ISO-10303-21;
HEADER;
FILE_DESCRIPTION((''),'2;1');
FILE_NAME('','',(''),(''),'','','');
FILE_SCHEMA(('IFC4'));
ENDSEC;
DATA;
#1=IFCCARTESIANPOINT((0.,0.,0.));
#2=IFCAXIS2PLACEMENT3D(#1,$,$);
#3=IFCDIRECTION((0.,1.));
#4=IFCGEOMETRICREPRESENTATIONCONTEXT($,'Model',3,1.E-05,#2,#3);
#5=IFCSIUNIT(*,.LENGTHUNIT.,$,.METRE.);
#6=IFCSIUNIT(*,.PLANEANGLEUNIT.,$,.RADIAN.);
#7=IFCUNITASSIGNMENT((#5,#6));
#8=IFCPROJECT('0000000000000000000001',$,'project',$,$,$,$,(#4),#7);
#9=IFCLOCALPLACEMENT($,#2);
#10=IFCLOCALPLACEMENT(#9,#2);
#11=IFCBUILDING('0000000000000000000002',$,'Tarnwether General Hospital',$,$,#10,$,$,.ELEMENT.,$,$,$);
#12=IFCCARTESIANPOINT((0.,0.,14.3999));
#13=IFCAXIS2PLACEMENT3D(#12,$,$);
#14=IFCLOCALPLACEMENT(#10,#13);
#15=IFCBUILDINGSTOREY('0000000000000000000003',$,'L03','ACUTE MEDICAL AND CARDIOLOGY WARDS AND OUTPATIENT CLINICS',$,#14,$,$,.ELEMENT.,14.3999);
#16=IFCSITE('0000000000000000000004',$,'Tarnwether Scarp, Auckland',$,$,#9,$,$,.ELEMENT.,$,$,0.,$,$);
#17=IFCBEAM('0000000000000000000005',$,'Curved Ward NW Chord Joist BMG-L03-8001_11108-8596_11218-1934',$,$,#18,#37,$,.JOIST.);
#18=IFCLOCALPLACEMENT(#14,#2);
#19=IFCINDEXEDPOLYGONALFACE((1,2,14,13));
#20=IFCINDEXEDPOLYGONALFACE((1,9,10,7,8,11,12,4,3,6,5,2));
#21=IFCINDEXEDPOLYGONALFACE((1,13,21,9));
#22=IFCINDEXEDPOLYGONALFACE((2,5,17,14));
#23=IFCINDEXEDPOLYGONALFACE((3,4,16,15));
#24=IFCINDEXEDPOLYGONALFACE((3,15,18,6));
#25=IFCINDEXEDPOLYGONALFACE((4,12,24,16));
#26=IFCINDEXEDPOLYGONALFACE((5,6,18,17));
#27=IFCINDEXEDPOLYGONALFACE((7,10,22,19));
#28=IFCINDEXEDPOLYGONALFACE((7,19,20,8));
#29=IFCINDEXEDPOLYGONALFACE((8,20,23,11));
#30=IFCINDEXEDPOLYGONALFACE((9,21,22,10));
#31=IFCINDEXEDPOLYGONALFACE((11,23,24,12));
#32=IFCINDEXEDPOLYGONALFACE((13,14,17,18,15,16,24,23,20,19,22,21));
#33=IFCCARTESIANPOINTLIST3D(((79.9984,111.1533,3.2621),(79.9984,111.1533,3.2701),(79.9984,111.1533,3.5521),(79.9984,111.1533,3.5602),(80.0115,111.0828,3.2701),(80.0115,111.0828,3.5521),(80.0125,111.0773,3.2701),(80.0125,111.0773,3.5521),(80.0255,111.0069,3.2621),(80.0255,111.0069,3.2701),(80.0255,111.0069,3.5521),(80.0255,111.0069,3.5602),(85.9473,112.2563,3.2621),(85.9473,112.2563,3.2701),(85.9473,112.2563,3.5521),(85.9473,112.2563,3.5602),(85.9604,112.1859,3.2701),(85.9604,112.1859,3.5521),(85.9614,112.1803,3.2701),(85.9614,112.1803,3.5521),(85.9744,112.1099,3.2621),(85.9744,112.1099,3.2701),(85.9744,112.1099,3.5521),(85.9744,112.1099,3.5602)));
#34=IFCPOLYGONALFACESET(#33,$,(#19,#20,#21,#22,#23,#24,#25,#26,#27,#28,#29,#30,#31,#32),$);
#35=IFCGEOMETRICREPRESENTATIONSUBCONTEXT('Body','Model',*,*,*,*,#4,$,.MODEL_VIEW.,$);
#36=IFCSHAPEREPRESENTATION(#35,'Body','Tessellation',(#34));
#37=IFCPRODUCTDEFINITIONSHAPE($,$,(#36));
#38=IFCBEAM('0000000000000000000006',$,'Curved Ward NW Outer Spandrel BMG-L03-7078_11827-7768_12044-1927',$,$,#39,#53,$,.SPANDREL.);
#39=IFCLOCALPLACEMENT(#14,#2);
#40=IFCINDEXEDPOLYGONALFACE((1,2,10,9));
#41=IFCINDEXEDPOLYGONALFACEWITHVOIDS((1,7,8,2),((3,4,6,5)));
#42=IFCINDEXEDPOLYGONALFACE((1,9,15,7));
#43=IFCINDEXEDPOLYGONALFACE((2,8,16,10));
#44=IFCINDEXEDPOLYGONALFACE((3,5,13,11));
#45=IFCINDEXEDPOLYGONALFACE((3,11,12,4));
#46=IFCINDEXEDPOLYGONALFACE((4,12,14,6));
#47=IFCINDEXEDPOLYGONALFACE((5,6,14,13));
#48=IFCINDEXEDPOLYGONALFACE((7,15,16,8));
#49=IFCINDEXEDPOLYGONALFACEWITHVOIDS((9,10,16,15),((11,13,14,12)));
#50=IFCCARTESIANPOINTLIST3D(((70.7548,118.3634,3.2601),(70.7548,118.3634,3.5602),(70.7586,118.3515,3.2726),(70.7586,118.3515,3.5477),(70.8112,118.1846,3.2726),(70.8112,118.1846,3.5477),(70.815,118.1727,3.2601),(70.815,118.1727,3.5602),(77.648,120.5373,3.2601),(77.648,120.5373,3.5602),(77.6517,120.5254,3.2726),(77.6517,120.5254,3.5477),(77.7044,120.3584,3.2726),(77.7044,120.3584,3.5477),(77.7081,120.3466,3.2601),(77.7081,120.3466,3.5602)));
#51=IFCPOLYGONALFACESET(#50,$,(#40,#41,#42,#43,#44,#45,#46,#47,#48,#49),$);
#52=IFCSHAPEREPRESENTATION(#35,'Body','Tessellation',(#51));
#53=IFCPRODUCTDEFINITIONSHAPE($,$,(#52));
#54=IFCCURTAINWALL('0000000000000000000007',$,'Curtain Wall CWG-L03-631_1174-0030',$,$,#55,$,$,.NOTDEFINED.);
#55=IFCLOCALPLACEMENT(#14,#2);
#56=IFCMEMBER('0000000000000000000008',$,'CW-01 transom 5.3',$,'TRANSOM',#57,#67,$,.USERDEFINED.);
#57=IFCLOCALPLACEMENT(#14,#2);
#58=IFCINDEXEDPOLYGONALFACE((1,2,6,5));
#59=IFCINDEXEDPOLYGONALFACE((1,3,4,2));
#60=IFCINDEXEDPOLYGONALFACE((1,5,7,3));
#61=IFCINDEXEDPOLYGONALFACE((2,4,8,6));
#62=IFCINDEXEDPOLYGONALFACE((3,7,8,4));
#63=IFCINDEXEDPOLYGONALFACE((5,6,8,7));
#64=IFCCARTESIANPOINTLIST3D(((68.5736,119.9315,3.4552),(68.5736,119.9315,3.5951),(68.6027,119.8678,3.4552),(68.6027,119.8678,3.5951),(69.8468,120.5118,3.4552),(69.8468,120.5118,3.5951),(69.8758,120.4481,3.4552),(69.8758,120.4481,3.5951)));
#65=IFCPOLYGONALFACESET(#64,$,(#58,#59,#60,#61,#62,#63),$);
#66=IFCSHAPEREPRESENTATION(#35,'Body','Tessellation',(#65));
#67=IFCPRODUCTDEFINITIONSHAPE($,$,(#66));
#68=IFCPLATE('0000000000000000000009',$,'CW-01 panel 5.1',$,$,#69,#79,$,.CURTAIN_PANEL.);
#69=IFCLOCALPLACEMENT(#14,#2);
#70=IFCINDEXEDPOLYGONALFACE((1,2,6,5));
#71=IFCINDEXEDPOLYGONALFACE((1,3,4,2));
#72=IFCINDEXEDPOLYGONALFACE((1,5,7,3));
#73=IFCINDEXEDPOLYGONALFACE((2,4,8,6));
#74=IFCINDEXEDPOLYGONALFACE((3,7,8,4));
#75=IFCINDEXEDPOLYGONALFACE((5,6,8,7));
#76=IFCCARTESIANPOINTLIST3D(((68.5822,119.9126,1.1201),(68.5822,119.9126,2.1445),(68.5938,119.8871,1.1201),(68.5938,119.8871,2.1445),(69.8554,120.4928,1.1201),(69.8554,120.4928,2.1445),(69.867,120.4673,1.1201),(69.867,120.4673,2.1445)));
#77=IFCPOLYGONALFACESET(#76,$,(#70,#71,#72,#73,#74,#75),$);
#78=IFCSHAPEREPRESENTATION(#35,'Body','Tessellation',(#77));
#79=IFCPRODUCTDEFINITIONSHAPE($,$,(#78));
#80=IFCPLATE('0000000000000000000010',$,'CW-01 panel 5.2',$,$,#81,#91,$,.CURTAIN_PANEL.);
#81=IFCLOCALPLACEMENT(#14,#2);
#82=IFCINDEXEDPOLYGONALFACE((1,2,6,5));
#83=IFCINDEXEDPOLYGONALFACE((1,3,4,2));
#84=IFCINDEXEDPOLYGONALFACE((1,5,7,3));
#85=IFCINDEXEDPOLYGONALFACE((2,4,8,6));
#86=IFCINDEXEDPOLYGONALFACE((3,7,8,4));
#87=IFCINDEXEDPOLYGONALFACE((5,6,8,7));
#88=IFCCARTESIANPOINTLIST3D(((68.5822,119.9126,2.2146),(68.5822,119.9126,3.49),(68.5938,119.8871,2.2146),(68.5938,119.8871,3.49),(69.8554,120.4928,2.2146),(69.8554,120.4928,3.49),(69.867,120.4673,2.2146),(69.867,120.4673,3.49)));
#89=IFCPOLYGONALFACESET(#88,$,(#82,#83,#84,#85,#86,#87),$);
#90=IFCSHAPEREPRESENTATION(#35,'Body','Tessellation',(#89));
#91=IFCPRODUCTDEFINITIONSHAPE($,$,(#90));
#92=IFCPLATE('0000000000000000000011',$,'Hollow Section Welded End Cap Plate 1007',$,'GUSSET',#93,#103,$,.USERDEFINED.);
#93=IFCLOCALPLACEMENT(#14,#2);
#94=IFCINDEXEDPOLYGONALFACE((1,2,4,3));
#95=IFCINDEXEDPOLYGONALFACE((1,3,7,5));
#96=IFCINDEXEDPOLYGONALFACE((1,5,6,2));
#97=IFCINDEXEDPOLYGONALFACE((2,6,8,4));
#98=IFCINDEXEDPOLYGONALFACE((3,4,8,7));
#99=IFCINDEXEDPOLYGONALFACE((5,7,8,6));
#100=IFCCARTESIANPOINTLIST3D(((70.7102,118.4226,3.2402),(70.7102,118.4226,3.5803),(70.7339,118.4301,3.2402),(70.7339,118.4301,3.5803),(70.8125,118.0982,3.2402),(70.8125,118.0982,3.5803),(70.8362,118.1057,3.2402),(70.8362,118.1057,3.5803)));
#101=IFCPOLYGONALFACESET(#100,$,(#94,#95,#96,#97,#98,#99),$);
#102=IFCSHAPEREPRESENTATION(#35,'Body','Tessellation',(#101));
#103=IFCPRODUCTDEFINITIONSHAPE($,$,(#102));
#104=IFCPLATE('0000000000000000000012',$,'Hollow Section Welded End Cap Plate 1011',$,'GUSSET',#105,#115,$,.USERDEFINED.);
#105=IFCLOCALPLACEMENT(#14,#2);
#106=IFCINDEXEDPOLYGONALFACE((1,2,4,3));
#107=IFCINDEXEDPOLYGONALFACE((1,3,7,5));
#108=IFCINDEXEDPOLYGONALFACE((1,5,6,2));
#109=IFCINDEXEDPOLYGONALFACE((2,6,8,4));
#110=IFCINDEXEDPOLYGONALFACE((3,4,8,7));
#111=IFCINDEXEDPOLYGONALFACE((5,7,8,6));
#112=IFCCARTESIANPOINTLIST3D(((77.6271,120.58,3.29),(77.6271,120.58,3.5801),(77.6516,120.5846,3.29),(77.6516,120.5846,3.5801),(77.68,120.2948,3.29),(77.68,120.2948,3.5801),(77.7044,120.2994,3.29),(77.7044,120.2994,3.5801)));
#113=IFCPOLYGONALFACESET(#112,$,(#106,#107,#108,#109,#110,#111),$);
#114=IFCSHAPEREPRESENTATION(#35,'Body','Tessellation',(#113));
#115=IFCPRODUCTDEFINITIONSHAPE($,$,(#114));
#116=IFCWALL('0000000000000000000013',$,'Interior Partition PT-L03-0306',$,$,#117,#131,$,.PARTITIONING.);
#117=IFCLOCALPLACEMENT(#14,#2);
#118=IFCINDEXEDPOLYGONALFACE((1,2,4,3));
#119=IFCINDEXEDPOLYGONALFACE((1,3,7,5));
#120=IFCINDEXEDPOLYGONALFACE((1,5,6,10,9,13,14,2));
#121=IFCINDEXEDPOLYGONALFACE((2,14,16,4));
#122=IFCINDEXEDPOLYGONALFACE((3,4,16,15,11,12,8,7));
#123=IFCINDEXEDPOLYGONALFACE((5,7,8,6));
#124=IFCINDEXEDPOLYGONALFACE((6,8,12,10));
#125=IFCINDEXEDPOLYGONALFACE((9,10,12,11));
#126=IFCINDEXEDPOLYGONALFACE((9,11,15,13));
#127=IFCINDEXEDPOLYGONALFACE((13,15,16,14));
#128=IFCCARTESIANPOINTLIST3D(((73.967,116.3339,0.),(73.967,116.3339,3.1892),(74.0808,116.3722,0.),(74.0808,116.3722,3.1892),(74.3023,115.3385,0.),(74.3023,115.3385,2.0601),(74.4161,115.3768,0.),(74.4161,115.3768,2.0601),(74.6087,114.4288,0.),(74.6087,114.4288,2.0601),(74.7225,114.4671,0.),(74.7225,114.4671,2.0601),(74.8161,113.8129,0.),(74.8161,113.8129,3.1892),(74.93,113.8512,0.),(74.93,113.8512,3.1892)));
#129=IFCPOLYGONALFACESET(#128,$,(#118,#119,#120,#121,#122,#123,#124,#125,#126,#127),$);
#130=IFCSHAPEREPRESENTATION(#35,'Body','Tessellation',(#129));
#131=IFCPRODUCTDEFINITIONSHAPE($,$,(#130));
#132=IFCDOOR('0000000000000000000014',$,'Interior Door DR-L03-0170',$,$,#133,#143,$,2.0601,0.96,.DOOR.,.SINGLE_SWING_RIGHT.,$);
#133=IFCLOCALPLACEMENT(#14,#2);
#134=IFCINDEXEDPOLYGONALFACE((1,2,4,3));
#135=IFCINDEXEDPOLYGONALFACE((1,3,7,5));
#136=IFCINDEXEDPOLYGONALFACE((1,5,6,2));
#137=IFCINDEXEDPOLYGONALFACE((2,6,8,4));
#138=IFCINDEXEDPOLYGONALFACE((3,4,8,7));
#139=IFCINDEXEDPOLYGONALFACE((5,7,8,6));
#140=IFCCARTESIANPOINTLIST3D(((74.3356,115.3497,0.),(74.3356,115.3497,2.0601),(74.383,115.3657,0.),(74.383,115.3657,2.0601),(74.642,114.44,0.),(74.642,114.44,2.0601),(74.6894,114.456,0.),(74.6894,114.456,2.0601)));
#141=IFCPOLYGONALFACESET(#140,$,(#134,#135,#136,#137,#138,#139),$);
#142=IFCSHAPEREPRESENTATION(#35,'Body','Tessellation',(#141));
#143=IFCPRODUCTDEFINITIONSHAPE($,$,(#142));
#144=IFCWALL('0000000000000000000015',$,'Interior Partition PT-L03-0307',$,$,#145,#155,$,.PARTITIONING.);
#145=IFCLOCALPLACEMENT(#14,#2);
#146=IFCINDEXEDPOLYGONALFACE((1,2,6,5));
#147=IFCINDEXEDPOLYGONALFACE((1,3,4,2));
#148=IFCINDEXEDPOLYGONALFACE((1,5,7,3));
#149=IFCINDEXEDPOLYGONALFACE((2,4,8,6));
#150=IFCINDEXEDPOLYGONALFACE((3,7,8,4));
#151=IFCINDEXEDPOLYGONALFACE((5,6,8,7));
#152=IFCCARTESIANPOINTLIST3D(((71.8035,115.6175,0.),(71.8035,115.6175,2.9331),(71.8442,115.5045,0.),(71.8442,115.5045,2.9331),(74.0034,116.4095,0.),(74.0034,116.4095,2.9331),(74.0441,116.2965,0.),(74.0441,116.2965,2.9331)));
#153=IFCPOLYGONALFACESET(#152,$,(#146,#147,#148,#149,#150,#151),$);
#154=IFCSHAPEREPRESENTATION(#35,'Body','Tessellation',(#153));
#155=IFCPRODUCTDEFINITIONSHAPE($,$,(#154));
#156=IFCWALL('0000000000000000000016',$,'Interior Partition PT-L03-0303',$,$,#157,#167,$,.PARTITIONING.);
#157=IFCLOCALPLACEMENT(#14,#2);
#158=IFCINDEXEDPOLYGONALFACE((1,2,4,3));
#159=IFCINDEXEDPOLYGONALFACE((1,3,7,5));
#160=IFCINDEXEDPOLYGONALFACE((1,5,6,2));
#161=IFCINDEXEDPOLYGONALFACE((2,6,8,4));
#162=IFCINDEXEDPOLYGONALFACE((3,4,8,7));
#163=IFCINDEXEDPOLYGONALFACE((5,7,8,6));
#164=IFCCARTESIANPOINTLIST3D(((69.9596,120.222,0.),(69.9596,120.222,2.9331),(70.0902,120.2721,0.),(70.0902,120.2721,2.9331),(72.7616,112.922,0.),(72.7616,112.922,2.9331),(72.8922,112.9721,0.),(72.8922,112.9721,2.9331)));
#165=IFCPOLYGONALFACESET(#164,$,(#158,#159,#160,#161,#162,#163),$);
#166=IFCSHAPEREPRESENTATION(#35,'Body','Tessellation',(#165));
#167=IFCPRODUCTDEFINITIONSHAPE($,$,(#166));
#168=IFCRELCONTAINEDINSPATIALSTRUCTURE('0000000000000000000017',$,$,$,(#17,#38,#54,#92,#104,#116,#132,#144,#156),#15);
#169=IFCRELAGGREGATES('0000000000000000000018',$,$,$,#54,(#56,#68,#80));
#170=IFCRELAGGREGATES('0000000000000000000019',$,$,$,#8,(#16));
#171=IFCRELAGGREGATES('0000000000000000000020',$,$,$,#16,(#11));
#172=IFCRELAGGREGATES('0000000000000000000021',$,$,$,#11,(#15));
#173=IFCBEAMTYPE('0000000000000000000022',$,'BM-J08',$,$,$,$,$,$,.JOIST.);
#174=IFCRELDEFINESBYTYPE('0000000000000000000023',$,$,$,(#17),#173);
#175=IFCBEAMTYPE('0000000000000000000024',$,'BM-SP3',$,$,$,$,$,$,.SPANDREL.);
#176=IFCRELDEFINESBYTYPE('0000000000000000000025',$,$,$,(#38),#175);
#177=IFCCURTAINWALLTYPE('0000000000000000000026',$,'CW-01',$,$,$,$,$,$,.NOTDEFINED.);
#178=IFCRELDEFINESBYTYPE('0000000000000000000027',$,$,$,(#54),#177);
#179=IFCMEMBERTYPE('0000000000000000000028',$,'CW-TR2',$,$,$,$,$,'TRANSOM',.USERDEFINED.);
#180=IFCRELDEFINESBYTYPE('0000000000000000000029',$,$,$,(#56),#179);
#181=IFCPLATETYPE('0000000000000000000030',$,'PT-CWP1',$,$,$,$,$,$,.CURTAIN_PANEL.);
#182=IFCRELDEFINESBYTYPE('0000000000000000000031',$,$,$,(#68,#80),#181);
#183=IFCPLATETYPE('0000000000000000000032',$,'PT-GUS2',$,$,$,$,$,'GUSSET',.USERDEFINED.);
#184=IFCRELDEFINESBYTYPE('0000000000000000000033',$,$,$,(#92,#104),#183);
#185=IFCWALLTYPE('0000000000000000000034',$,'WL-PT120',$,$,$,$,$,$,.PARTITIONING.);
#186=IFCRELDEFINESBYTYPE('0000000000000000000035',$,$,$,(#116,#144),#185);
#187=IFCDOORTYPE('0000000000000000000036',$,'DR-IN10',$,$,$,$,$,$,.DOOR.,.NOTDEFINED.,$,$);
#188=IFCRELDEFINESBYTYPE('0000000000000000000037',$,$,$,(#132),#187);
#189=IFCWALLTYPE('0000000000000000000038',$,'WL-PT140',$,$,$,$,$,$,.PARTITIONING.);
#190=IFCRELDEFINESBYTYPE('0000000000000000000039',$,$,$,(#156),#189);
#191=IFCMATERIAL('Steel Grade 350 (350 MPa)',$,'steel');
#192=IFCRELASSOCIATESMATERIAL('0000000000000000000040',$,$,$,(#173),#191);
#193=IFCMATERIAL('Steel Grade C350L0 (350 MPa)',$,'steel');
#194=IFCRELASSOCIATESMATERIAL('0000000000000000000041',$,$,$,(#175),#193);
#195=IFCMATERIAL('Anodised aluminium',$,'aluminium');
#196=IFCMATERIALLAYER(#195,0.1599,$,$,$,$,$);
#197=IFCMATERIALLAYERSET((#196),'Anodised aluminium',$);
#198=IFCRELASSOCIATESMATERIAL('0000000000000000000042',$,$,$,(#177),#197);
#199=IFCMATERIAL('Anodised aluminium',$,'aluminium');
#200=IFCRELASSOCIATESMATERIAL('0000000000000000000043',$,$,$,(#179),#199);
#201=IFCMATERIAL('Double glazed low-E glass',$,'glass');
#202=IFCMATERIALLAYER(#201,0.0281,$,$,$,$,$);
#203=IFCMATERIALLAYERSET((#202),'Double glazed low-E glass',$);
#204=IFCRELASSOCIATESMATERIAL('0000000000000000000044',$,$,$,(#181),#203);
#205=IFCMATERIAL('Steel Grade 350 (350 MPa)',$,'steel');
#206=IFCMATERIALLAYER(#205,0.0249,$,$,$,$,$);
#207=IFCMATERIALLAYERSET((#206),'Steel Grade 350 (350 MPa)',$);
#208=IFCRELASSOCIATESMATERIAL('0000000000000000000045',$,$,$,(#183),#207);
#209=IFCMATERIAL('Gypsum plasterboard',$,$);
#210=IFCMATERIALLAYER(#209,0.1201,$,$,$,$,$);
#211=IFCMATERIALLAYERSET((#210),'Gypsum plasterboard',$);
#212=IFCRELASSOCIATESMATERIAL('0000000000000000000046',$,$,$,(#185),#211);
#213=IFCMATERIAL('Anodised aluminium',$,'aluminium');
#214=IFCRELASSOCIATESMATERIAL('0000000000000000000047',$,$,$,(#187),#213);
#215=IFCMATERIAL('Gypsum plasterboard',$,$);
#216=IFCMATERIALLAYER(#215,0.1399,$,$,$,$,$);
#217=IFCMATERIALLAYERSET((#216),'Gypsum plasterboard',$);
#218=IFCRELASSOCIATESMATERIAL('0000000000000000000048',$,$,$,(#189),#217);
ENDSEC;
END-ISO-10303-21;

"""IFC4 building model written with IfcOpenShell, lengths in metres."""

from ifc_helpers import new_model, si_unit, direction, frame, frame_2d, origin, origin_2d, place, context, subcontext, project, spatial, rectangle, hollow_rectangle, i_section, extrude, material, layer, layer_set, material_profile, profile_set, type_object, element, fill, aggregate, save


model = new_model("IFC4")

# Units and contexts
model_context = context("Model", 3, precision=1e-05, world=origin(), true_north=direction((0.0, 1.0)))
body_context = subcontext(model_context, "Body", "Model", "MODEL_VIEW")
ifc_project = project(units=[si_unit("LENGTHUNIT", "METRE"), si_unit("PLANEANGLEUNIT", "RADIAN")], contexts=[model_context])

# Site, building, storey
site_placement = place(None, origin())
site = spatial("IfcSite", under=ifc_project, at=site_placement, Name="Tarnwether Scarp, Auckland", CompositionType="ELEMENT", RefElevation=0.0)
building_placement = place(site_placement, origin())
building = spatial("IfcBuilding", under=site, at=building_placement, Name="Tarnwether General Hospital", CompositionType="ELEMENT")
storey_placement = place(building_placement, frame((0.0, 0.0, 14.3999)))
storey = spatial("IfcBuildingStorey", under=building, at=storey_placement, Name="L03", Description="ACUTE MEDICAL AND CARDIOLOGY WARDS AND OUTPATIENT CLINICS", CompositionType="ELEMENT", Elevation=14.3999)

# Beams
ifc_material_1 = material(Name="Steel Grade 350 (350 MPa)", Category="steel")
ifc_material_profile_1 = material_profile(ifc_material_1, i_section(OverallWidth=0.1489, OverallDepth=0.2981, WebThickness=0.0056, FlangeThickness=0.0081, at=origin_2d()), Name="310UB32.0")
ifc_profile_set_1 = profile_set([ifc_material_profile_1], Name="Steel Grade 350 (350 MPa)")
beam_type_1 = type_object("IfcBeamType", Name="BM-J08", PredefinedType="JOIST", material=ifc_profile_set_1)
beam_1_placement = place(storey_placement, frame((80.012, 111.0801, 3.4111), z_axis=(0.983242, 0.182307, 0.0), x_axis=(-0.182307, 0.983242, 0.0)))
element("IfcBeam", 1, at=beam_1_placement, inside=storey, type_object=beam_type_1, Name="Curved Ward NW Chord Joist BMG-L03-8001_11108-8596_11218-1934", PredefinedType="JOIST", context=body_context, shape_type="SweptSolid", body=[
    extrude(i_section(OverallWidth=0.1489, OverallDepth=0.2981, WebThickness=0.0056, FlangeThickness=0.0081, at=origin_2d()), origin(), (0.0, 0.0, 1.0), 6.0503),
])
ifc_material_2 = material(Name="Steel Grade C350L0 (350 MPa)", Category="steel")
ifc_material_profile_2 = material_profile(ifc_material_2, hollow_rectangle(XDim=0.2, YDim=0.3, WallThickness=0.0125, at=origin_2d()), Name="RHS300x200x12.5")
ifc_profile_set_2 = profile_set([ifc_material_profile_2], Name="Steel Grade C350L0 (350 MPa)")
beam_type_2 = type_object("IfcBeamType", Name="BM-SP3", PredefinedType="SPANDREL", material=ifc_profile_set_2)
beam_2_placement = place(storey_placement, frame((70.7849, 118.2681, 3.4102), z_axis=(0.953699, 0.300763, 0.0), x_axis=(-0.300763, 0.953699, 0.0)))
element("IfcBeam", 2, at=beam_2_placement, inside=storey, type_object=beam_type_2, Name="Curved Ward NW Outer Spandrel BMG-L03-7078_11827-7768_12044-1927", PredefinedType="SPANDREL", context=body_context, shape_type="SweptSolid", body=[
    extrude(hollow_rectangle(XDim=0.2, YDim=0.3, WallThickness=0.0125, at=origin_2d()), origin(), (0.0, 0.0, 1.0), 7.2278),
])

# Curtain wall, member, plates
ifc_material_3 = material(Name="Anodised aluminium", Category="aluminium")
ifc_layer_1 = layer(ifc_material_3, 0.1599)
ifc_layer_set_1 = layer_set([ifc_layer_1], Name="Anodised aluminium")
curtain_wall_type = type_object("IfcCurtainWallType", Name="CW-01", PredefinedType="NOTDEFINED", material=ifc_layer_set_1)
curtain_wall_placement = place(storey_placement, origin())
curtain_wall = element("IfcCurtainWall", 3, at=curtain_wall_placement, inside=storey, type_object=curtain_wall_type, Name="Curtain Wall CWG-L03-631_1174-0030", PredefinedType="NOTDEFINED")
ifc_material_4 = material(Name="Anodised aluminium", Category="aluminium")
ifc_material_profile_3 = material_profile(ifc_material_4, rectangle(XDim=0.0701, YDim=0.1399, at=origin_2d()), Name="ALU-TRN-70x140")
ifc_profile_set_3 = profile_set([ifc_material_profile_3], Name="Anodised aluminium")
member_type = type_object("IfcMemberType", Name="CW-TR2", ElementType="TRANSOM", PredefinedType="USERDEFINED", material=ifc_profile_set_3)
member_placement = place(storey_placement, frame((68.5881, 119.8997, 3.5251), z_axis=(0.909936, 0.414749, 0.0), x_axis=(-0.414749, 0.909936, 0.0)))
member = element("IfcMember", 4, at=member_placement, type_object=member_type, Name="CW-01 transom 5.3", ObjectType="TRANSOM", PredefinedType="USERDEFINED", context=body_context, shape_type="SweptSolid", body=[
    extrude(rectangle(XDim=0.0701, YDim=0.1399, at=origin_2d()), origin(), (0.0, 0.0, 1.0), 1.3992),
])
ifc_material_5 = material(Name="Double glazed low-E glass", Category="glass")
ifc_layer_2 = layer(ifc_material_5, 0.0281)
ifc_layer_set_2 = layer_set([ifc_layer_2], Name="Double glazed low-E glass")
plate_type_1 = type_object("IfcPlateType", Name="PT-CWP1", PredefinedType="CURTAIN_PANEL", material=ifc_layer_set_2)
plate_1_placement = place(storey_placement, frame((69.2246, 120.1899, 1.1201), z_axis=(0.0, 0.0, 1.0), x_axis=(0.909961, 0.414694, 0.0)))
plate_1 = element("IfcPlate", 5, at=plate_1_placement, type_object=plate_type_1, Name="CW-01 panel 5.1", PredefinedType="CURTAIN_PANEL", context=body_context, shape_type="SweptSolid", body=[
    extrude(rectangle(XDim=1.3992, YDim=0.0281, at=origin_2d()), origin(), (0.0, 0.0, 1.0), 1.0244),
])
plate_2_placement = place(storey_placement, frame((69.2246, 120.1899, 2.2146), z_axis=(0.0, 0.0, 1.0), x_axis=(0.909961, 0.414694, 0.0)))
plate_2 = element("IfcPlate", 6, at=plate_2_placement, type_object=plate_type_1, Name="CW-01 panel 5.2", PredefinedType="CURTAIN_PANEL", context=body_context, shape_type="SweptSolid", body=[
    extrude(rectangle(XDim=1.3992, YDim=0.0281, at=origin_2d()), origin(), (0.0, 0.0, 1.0), 1.2754),
])
aggregate(curtain_wall, [member, plate_1, plate_2])

# Plates
ifc_material_6 = material(Name="Steel Grade 350 (350 MPa)", Category="steel")
ifc_layer_3 = layer(ifc_material_6, 0.0249)
ifc_layer_set_3 = layer_set([ifc_layer_3], Name="Steel Grade 350 (350 MPa)")
plate_type_2 = type_object("IfcPlateType", Name="PT-GUS2", ElementType="GUSSET", PredefinedType="USERDEFINED", material=ifc_layer_set_3)
plate_3_placement = place(storey_placement, frame((70.7732, 118.2642, 3.2402), z_axis=(0.0, 0.0, 1.0), x_axis=(0.953691, 0.300789, 0.0)))
element("IfcPlate", 7, at=plate_3_placement, inside=storey, type_object=plate_type_2, Name="Hollow Section Welded End Cap Plate 1007", ObjectType="GUSSET", PredefinedType="USERDEFINED", context=body_context, shape_type="SweptSolid", body=[
    extrude(rectangle(XDim=0.0249, YDim=0.3401, at=origin_2d()), origin(), (0.0, 0.0, 1.0), 0.3401),
])
plate_4_placement = place(storey_placement, frame((77.6658, 120.4397, 3.29), z_axis=(0.0, 0.0, 1.0), x_axis=(0.983261, 0.182201, 0.0)))
element("IfcPlate", 8, at=plate_4_placement, inside=storey, type_object=plate_type_2, Name="Hollow Section Welded End Cap Plate 1011", ObjectType="GUSSET", PredefinedType="USERDEFINED", context=body_context, shape_type="SweptSolid", body=[
    extrude(rectangle(XDim=0.0249, YDim=0.29, at=origin_2d()), origin(), (0.0, 0.0, 1.0), 0.29),
])

# Wall, opening, door
ifc_material_7 = material(Name="Gypsum plasterboard")
ifc_layer_4 = layer(ifc_material_7, 0.1201)
ifc_layer_set_4 = layer_set([ifc_layer_4], Name="Gypsum plasterboard")
wall_type_1 = type_object("IfcWallType", Name="WL-PT120", PredefinedType="PARTITIONING", material=ifc_layer_set_4)
wall_1_placement = place(storey_placement, frame((74.873, 113.832, 0.0), z_axis=(0.0, 0.0, 1.0), x_axis=(-0.3192, 0.947687, 0.0)))
wall_1 = element("IfcWall", 9, at=wall_1_placement, inside=storey, type_object=wall_type_1, Name="Interior Partition PT-L03-0306", PredefinedType="PARTITIONING", context=body_context, shape_type="SweptSolid", body=[
    extrude(rectangle(XDim=2.6602, YDim=0.1201, at=frame_2d((1.3301, 0.0))), origin(), (0.0, 0.0, 1.0), 3.1892),
])
opening_1_placement = place(wall_1_placement, frame((0.6499, 0.0, 0.0)))
opening_1 = element("IfcOpeningElement", 10, at=opening_1_placement, cuts=wall_1, PredefinedType="OPENING", context=body_context, shape_type="SweptSolid", body=[
    extrude(rectangle(XDim=0.96, YDim=2.0601, at=frame_2d((0.48, 1.03))), frame((0.0, 0.0701, 0.0), z_axis=(0.0, -1.0, 0.0), x_axis=(1.0, 0.0, 0.0)), (0.0, 0.0, 1.0), 0.1401),
])
ifc_material_8 = material(Name="Anodised aluminium", Category="aluminium")
door_type_1 = type_object("IfcDoorType", Name="DR-IN10", OperationType="NOTDEFINED", PredefinedType="DOOR", material=ifc_material_8)
door_1_placement = place(opening_1_placement, origin())
door_1 = element("IfcDoor", 11, at=door_1_placement, inside=storey, type_object=door_type_1, Name="Interior Door DR-L03-0170", OperationType="SINGLE_SWING_RIGHT", OverallHeight=2.0601, OverallWidth=0.96, PredefinedType="DOOR", context=body_context, shape_type="SweptSolid", body=[
    extrude(rectangle(XDim=0.96, YDim=2.0601, at=frame_2d((0.48, 1.03))), frame((0.0, 0.0249, 0.0), z_axis=(0.0, -1.0, 0.0), x_axis=(1.0, 0.0, 0.0)), (0.0, 0.0, 1.0), 0.05),
])
fill(opening_1, door_1)

# Walls
wall_2_placement = place(storey_placement, frame((71.824, 115.561, 0.0), z_axis=(0.0, 0.0, 1.0), x_axis=(0.940886, 0.338723, 0.0)))
element("IfcWall", 12, at=wall_2_placement, inside=storey, type_object=wall_type_1, Name="Interior Partition PT-L03-0307", PredefinedType="PARTITIONING", context=body_context, shape_type="SweptSolid", body=[
    extrude(rectangle(XDim=2.3381, YDim=0.1201, at=frame_2d((1.1689, 0.0))), origin(), (0.0, 0.0, 1.0), 2.9331),
])
ifc_material_9 = material(Name="Gypsum plasterboard")
ifc_layer_5 = layer(ifc_material_9, 0.1399)
ifc_layer_set_5 = layer_set([ifc_layer_5], Name="Gypsum plasterboard")
wall_type_2 = type_object("IfcWallType", Name="WL-PT140", PredefinedType="PARTITIONING", material=ifc_layer_set_5)
wall_3_placement = place(storey_placement, frame((72.8269, 112.947, 0.0), z_axis=(0.0, 0.0, 1.0), x_axis=(-0.358343, 0.93359, 0.0)))
element("IfcWall", 13, at=wall_3_placement, inside=storey, type_object=wall_type_2, Name="Interior Partition PT-L03-0303", PredefinedType="PARTITIONING", context=body_context, shape_type="SweptSolid", body=[
    extrude(rectangle(XDim=7.8193, YDim=0.1399, at=frame_2d((3.9097, 0.0))), origin(), (0.0, 0.0, 1.0), 2.9331),
])

save(model, "model.ifc")
